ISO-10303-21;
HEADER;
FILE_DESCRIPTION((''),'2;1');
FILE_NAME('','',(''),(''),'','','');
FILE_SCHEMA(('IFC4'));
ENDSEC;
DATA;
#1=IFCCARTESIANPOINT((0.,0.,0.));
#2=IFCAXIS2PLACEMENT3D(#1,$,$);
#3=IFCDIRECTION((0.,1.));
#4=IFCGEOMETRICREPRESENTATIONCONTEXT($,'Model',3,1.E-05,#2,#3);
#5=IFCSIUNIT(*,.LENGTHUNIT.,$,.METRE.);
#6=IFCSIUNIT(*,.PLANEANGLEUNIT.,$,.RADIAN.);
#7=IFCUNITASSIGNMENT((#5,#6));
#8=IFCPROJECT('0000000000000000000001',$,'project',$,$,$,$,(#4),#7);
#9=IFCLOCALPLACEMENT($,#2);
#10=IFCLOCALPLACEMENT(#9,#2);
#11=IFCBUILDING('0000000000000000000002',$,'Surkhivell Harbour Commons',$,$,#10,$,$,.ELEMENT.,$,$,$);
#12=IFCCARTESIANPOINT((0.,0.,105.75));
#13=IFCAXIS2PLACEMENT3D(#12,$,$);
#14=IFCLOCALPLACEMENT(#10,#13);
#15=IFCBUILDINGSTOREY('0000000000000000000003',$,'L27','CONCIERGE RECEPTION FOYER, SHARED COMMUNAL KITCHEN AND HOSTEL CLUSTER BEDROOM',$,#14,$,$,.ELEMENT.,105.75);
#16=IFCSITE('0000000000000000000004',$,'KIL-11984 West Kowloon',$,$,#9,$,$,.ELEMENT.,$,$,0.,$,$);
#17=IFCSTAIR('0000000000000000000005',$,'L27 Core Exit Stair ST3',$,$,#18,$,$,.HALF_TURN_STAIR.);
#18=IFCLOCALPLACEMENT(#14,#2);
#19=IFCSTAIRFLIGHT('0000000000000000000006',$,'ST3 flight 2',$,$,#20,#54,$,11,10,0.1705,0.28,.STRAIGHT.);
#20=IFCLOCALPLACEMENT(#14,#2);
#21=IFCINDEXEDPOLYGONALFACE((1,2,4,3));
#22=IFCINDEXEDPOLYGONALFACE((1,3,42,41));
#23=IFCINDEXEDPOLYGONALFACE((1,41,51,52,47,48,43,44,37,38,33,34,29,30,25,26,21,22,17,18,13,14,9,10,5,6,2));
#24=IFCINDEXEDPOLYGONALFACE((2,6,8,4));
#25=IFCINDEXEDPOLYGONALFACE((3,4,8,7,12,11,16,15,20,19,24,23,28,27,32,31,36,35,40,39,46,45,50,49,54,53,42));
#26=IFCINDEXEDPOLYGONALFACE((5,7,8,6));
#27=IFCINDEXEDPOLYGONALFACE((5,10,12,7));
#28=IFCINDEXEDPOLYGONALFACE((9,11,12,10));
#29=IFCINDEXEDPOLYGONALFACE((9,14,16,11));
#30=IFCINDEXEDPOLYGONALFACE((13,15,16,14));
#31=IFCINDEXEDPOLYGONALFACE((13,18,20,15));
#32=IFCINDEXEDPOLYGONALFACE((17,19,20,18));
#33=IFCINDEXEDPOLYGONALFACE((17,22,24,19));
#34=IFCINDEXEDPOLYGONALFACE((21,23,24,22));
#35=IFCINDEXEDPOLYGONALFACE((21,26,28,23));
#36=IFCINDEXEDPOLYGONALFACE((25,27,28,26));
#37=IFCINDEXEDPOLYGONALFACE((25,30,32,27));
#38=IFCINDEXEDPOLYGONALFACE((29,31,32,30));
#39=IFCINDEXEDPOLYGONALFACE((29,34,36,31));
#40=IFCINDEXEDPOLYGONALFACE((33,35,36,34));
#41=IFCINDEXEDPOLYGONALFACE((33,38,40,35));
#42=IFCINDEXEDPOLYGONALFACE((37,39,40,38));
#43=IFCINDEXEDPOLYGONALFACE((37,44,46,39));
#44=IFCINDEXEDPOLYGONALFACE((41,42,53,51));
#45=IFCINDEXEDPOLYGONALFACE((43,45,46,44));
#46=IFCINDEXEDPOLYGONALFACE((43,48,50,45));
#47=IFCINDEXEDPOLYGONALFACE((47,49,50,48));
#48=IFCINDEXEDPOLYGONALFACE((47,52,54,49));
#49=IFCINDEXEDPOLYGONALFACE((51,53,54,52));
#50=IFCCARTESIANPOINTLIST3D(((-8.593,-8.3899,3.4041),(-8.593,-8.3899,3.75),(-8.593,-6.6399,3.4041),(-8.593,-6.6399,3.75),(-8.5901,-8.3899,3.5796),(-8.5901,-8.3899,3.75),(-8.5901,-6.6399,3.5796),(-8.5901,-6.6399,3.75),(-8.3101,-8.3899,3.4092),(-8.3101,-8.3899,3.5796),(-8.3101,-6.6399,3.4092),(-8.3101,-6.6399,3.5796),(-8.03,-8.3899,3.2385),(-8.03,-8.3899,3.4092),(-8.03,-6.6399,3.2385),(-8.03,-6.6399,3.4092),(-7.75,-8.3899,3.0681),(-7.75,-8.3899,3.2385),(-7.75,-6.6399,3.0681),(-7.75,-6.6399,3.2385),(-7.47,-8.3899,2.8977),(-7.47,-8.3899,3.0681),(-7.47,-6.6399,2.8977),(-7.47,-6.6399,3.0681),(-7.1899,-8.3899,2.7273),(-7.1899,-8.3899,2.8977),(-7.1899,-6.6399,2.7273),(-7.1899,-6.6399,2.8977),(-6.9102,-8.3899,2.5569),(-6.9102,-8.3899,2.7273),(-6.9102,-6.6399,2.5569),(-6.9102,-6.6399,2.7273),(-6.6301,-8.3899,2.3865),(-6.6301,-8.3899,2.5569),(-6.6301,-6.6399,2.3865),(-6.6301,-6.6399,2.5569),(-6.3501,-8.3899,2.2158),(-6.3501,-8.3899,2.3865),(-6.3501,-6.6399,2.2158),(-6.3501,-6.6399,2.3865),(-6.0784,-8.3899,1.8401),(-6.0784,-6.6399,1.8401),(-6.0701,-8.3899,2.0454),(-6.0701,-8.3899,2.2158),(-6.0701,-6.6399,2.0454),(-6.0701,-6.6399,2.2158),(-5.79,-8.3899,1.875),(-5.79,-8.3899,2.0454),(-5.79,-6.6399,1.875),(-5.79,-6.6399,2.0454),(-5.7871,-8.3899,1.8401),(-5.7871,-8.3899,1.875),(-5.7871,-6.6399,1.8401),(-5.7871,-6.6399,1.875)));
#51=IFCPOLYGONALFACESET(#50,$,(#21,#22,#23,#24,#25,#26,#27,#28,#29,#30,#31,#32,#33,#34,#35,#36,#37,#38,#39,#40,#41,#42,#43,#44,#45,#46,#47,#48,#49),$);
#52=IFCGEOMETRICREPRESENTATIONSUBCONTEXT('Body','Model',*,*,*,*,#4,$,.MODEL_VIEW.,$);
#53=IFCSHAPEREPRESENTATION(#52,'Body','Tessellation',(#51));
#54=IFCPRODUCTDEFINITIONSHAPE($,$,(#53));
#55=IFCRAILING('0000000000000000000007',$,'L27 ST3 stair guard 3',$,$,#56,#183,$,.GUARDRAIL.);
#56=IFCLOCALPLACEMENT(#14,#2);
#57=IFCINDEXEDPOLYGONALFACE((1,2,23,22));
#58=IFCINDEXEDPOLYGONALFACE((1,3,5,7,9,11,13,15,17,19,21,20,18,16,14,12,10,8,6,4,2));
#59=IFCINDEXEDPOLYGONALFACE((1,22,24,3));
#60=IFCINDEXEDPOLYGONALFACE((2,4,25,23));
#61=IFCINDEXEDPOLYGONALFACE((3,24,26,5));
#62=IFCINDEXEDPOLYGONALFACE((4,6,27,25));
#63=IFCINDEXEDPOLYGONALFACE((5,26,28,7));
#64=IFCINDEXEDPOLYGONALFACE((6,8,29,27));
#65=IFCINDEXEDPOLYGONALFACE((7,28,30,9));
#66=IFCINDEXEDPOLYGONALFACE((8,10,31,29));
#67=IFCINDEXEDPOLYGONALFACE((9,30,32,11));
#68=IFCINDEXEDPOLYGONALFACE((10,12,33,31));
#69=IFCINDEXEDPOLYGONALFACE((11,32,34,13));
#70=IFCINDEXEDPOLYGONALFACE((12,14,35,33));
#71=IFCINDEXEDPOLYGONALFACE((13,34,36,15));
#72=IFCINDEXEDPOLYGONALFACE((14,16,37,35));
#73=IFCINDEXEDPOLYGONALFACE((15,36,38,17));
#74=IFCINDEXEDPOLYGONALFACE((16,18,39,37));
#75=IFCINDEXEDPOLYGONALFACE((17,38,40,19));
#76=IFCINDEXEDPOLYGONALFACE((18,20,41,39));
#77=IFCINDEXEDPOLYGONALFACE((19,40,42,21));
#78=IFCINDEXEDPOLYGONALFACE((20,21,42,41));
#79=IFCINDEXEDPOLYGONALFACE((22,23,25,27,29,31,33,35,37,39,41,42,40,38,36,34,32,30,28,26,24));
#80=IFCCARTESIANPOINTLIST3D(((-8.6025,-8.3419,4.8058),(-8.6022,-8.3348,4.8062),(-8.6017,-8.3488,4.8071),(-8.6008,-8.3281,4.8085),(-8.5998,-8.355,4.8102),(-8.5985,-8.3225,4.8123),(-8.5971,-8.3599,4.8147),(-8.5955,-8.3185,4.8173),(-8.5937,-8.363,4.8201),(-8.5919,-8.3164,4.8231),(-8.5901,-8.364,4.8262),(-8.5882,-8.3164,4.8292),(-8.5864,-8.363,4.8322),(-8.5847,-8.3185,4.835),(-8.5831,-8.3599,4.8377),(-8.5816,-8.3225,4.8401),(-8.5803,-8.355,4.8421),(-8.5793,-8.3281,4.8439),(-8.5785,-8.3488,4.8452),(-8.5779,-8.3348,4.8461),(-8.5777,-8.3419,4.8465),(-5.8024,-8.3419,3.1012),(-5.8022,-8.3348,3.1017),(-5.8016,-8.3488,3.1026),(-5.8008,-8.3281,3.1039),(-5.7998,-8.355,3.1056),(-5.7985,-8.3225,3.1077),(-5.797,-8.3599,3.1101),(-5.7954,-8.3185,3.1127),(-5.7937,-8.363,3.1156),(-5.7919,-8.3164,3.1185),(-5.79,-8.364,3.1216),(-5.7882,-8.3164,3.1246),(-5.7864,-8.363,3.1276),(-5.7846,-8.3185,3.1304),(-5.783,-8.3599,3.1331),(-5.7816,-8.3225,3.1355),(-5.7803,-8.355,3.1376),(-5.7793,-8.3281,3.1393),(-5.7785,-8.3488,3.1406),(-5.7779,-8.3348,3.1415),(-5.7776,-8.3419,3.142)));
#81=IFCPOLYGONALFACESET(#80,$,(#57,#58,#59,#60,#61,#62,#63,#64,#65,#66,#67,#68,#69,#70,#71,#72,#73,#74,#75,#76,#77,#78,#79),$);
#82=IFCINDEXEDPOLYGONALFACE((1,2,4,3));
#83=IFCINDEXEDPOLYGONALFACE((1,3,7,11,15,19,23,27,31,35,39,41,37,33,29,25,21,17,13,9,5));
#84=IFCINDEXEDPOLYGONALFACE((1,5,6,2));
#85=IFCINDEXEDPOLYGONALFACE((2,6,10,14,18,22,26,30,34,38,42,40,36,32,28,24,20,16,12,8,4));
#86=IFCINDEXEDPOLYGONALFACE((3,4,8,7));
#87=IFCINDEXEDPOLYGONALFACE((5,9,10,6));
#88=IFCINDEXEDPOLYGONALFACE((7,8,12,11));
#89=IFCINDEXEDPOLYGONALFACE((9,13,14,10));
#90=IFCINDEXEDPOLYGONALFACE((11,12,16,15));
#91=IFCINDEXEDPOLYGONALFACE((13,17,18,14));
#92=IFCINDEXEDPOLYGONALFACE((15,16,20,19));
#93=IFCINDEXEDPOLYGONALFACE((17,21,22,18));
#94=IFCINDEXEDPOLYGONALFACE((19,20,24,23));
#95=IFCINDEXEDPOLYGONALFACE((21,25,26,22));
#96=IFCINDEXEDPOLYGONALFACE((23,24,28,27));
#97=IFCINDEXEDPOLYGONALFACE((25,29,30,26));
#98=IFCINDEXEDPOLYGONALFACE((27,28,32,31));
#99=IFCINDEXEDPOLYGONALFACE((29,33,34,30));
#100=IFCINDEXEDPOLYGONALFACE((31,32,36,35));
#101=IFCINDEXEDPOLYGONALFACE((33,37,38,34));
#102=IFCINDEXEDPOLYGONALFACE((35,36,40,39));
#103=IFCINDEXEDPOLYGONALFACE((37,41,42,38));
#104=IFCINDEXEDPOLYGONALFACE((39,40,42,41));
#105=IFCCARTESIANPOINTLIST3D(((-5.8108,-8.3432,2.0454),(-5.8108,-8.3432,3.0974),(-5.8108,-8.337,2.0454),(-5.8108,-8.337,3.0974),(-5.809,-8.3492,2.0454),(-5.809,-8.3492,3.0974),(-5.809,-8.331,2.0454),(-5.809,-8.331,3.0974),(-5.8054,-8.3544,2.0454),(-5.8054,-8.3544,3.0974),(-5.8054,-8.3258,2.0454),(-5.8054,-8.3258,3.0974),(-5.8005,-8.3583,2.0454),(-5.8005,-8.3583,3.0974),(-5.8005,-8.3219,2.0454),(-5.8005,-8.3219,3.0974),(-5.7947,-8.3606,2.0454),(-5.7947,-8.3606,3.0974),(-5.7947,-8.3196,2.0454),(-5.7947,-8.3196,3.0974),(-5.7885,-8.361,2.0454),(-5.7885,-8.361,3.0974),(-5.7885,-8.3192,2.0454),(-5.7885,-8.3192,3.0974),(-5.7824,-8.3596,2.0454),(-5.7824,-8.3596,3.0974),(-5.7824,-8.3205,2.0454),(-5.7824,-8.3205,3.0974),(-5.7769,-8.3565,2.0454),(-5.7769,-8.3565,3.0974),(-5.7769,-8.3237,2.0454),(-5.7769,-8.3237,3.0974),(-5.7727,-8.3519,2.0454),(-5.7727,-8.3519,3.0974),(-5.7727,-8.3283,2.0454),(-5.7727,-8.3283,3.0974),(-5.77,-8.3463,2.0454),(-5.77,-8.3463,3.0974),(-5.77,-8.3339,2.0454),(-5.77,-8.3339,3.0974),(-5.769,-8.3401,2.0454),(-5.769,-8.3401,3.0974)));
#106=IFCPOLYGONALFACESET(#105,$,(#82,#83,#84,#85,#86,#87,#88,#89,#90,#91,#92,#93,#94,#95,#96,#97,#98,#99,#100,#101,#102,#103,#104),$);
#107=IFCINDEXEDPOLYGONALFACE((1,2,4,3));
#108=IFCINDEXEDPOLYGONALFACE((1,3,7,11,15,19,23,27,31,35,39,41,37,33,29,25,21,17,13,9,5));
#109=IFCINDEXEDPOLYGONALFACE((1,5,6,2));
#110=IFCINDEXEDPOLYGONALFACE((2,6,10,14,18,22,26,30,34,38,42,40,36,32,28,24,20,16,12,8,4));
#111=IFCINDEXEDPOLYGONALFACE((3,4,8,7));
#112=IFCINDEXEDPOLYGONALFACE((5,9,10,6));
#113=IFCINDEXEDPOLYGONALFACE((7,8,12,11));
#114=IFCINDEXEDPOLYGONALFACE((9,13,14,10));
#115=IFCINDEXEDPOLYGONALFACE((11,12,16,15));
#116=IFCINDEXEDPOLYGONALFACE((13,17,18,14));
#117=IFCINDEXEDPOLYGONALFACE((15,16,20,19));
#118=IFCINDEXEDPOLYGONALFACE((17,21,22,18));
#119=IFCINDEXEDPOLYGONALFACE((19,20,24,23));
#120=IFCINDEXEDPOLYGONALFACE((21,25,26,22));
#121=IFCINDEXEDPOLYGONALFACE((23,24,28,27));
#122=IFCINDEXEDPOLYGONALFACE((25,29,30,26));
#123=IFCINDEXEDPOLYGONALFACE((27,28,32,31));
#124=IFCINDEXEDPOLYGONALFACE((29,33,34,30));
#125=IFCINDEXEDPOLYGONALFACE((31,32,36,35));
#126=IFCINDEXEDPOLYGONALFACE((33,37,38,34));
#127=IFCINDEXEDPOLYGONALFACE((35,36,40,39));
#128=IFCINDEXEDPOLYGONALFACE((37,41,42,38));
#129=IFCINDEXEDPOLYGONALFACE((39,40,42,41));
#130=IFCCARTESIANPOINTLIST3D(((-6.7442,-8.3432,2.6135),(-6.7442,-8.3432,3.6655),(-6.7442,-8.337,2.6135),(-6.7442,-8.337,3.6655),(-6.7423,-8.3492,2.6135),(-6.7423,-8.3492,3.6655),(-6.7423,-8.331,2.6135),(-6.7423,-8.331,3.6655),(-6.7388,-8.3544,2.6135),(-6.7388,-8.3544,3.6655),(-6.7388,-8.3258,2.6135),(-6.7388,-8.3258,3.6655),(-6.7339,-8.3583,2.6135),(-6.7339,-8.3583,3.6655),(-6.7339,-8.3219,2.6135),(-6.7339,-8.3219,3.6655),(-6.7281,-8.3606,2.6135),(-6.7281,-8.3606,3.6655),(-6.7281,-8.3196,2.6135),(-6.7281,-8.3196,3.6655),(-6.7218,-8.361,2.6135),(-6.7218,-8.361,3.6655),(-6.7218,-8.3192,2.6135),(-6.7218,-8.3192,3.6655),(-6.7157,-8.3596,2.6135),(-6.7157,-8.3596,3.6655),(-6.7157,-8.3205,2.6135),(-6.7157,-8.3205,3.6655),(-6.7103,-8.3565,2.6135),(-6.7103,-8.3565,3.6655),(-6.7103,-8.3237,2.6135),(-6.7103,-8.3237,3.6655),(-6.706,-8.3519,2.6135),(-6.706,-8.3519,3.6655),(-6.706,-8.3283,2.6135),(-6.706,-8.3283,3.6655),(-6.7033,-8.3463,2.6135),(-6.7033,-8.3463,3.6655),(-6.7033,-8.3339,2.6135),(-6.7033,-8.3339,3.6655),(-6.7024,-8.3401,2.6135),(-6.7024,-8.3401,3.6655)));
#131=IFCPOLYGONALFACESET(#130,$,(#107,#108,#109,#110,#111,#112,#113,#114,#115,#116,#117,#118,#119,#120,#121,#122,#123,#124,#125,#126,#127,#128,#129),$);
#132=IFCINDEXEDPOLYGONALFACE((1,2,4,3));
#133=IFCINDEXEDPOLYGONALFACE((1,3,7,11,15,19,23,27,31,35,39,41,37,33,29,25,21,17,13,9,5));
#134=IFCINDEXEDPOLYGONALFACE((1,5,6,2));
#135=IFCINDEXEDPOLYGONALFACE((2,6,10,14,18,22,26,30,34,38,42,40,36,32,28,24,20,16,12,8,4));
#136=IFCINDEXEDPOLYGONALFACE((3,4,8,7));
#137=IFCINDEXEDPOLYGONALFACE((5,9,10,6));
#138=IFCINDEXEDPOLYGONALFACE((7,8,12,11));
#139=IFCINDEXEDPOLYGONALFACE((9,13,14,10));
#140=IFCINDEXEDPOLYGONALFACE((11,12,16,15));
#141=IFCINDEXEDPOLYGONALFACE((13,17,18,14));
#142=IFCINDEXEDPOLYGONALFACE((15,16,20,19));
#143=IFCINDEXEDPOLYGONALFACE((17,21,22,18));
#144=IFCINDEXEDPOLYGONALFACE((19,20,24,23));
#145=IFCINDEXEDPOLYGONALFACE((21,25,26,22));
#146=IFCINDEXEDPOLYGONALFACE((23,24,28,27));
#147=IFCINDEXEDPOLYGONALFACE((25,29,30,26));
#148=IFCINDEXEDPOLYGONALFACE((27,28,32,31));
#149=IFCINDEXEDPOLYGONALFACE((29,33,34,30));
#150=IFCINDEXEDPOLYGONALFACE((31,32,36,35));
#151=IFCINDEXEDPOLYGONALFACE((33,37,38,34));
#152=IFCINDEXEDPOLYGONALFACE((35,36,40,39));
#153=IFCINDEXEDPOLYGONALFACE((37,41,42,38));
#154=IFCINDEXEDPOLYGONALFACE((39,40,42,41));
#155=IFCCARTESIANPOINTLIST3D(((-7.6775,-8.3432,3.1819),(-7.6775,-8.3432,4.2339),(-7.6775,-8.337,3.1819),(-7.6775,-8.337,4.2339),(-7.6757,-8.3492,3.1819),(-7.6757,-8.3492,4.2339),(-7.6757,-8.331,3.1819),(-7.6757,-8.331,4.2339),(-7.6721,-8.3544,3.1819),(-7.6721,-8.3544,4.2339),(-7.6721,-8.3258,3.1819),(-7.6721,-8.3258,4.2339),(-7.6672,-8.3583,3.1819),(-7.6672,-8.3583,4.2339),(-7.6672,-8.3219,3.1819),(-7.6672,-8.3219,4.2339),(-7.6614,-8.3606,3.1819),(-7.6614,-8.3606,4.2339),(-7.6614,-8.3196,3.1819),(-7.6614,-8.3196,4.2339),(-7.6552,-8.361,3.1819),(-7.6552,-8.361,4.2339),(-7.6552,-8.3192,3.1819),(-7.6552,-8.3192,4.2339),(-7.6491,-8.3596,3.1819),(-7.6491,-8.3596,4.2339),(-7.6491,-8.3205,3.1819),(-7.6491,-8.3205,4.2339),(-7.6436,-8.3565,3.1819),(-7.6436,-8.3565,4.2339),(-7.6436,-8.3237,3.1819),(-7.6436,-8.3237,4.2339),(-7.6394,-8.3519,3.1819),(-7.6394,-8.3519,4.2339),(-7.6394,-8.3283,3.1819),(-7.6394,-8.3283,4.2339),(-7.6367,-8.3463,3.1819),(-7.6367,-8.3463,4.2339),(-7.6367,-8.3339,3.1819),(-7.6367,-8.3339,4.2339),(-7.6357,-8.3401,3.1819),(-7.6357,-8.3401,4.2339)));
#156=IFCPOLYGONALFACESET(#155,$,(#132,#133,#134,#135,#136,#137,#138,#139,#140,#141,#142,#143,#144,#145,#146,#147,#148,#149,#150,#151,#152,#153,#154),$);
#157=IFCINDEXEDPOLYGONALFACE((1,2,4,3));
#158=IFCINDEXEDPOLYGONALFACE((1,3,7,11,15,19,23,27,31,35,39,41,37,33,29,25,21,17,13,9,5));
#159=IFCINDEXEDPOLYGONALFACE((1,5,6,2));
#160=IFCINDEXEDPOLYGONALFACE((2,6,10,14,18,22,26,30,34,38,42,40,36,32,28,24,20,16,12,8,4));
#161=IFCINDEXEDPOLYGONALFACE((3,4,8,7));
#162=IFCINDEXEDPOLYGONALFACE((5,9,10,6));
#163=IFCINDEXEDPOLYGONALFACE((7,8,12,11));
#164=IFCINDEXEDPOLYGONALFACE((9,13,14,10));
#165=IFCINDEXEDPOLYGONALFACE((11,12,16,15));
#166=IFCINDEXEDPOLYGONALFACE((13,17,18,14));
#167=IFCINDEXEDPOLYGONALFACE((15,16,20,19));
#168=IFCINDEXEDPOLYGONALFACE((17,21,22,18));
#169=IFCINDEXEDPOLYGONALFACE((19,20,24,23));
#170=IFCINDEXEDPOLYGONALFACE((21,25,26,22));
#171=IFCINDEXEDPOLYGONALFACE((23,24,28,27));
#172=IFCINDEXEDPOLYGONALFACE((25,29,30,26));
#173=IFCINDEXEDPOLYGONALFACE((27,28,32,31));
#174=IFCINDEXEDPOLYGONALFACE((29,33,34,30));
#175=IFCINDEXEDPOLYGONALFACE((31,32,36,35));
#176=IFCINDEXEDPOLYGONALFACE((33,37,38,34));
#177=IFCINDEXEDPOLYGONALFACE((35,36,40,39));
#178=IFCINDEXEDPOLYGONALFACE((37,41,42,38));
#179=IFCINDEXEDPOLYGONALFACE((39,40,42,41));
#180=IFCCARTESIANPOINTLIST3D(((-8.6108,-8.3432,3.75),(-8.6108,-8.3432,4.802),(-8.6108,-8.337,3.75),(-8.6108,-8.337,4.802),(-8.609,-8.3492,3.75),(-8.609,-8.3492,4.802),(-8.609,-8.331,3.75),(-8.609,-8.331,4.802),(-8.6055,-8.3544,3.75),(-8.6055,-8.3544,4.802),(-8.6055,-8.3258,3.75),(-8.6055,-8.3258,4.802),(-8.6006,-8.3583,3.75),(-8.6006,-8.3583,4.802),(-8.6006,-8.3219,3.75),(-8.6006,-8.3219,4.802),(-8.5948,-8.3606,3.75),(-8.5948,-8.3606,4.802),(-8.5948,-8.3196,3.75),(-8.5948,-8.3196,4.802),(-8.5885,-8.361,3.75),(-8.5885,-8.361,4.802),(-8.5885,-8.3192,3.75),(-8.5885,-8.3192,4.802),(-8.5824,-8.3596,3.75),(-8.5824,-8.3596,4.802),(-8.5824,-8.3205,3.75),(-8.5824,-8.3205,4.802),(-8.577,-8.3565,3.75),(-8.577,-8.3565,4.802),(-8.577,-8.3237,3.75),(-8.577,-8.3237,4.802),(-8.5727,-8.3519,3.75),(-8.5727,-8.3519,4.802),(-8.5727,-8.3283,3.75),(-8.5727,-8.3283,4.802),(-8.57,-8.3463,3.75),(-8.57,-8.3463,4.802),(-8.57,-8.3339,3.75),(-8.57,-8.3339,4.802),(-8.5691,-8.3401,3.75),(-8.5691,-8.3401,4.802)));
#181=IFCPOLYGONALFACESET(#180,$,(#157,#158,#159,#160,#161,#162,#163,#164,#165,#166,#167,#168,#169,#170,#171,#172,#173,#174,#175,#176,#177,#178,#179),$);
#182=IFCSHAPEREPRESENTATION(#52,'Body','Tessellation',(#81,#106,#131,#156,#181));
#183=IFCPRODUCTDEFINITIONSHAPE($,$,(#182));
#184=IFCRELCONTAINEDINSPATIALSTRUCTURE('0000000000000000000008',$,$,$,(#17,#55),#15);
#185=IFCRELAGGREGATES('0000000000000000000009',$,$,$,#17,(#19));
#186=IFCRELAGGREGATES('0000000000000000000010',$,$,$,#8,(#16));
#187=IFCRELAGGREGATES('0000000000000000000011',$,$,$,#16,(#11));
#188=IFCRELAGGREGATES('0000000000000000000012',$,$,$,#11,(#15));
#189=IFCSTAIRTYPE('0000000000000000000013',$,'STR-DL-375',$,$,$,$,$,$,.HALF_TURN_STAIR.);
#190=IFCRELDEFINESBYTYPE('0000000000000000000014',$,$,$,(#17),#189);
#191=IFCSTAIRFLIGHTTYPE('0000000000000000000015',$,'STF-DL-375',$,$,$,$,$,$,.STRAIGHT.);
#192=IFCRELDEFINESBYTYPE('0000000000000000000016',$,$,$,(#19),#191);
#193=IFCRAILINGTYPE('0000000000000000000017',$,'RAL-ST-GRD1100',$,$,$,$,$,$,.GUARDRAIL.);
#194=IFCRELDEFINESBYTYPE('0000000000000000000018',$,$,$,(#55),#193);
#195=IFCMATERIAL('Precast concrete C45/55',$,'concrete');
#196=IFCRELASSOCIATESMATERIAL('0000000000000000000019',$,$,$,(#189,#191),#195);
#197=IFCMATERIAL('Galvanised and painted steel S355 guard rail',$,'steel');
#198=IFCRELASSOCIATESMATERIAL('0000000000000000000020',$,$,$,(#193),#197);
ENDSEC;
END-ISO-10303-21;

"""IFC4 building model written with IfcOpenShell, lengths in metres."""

from ifc_helpers import new_model, si_unit, direction, frame, origin, origin_2d, place, context, subcontext, project, spatial, polyline, circle, outline, extrude, material, type_object, element, aggregate, save


model = new_model("IFC4")

# Units and contexts
model_context = context("Model", 3, precision=1e-05, world=origin(), true_north=direction((0.0, 1.0)))
body_context = subcontext(model_context, "Body", "Model", "MODEL_VIEW")
ifc_project = project(units=[si_unit("LENGTHUNIT", "METRE"), si_unit("PLANEANGLEUNIT", "RADIAN")], contexts=[model_context])

# Site, building, storey
site_placement = place(None, origin())
site = spatial("IfcSite", under=ifc_project, at=site_placement, Name="KIL-11984 West Kowloon", CompositionType="ELEMENT", RefElevation=0.0)
building_placement = place(site_placement, origin())
building = spatial("IfcBuilding", under=site, at=building_placement, Name="Surkhivell Harbour Commons", CompositionType="ELEMENT")
storey_placement = place(building_placement, frame((0.0, 0.0, 105.75)))
storey = spatial("IfcBuildingStorey", under=building, at=storey_placement, Name="L27", Description="CONCIERGE RECEPTION FOYER, SHARED COMMUNAL KITCHEN AND HOSTEL CLUSTER BEDROOM", CompositionType="ELEMENT", Elevation=105.75)

# Stair, stair flight
ifc_material_1 = material(Name="Precast concrete C45/55", Category="concrete")
stair_type = type_object("IfcStairType", Name="STR-DL-375", PredefinedType="HALF_TURN_STAIR", material=ifc_material_1)
stair_placement = place(storey_placement, origin())
stair = element("IfcStair", 1, at=stair_placement, inside=storey, type_object=stair_type, Name="L27 Core Exit Stair ST3", PredefinedType="HALF_TURN_STAIR")
stair_flight_type = type_object("IfcStairFlightType", Name="STF-DL-375", PredefinedType="STRAIGHT", material=ifc_material_1)
stair_flight_placement = place(storey_placement, frame((-5.79, -7.5149, 1.875), z_axis=(0.0, 0.0, 1.0), x_axis=(-1.0, 0.0, 0.0)))
stair_flight = element("IfcStairFlight", 2, at=stair_flight_placement, type_object=stair_flight_type, Name="ST3 flight 2", NumberOfRisers=11, NumberOfTreads=10, PredefinedType="STRAIGHT", RiserHeight=0.1705, TreadLength=0.28, context=body_context, shape_type="SweptSolid", body=[
    extrude(outline(polyline([(-0.0029, -0.0349), (-0.0029, 0.0), (0.0, 0.0), (0.0, 0.1704), (0.28, 0.1704), (0.28, 0.3408), (0.5601, 0.3408), (0.5601, 0.5115), (0.8401, 0.5115), (0.8401, 0.6819), (1.1201, 0.6819), (1.1201, 0.8523), (1.3999, 0.8523), (1.3999, 1.0227), (1.6799, 1.0227), (1.6799, 1.1931), (1.96, 1.1931), (1.96, 1.3635), (2.24, 1.3635), (2.24, 1.5342), (2.52, 1.5342), (2.52, 1.7046), (2.8, 1.7046), (2.8, 1.875), (2.803, 1.875), (2.803, 1.5291), (0.2883, -0.0349), (-0.0029, -0.0349)])), frame((0.0, 0.875, 0.0), z_axis=(0.0, -1.0, 0.0), x_axis=(1.0, 0.0, 0.0)), (0.0, 0.0, 1.0), 1.75),
])
aggregate(stair, [stair_flight])

# Railing
ifc_material_2 = material(Name="Galvanised and painted steel S355 guard rail", Category="steel")
railing_type_1 = type_object("IfcRailingType", Name="RAL-ST-GRD1100", PredefinedType="GUARDRAIL", material=ifc_material_2)
railing_1_placement = place(storey_placement, frame((-5.79, -8.3401, 2.0454)))
element("IfcRailing", 3, at=railing_1_placement, inside=storey, type_object=railing_type_1, Name="L27 ST3 stair guard 3", PredefinedType="GUARDRAIL", context=body_context, shape_type="SweptSolid", body=[
    extrude(circle(Radius=0.0239, at=origin_2d()), frame((0.0, 0.0, 1.0762), z_axis=(-0.85417, 0.0, 0.519994), x_axis=(0.0, -1.0, 0.0)), (0.0, 0.0, 1.0), 3.2781),
    extrude(circle(Radius=0.021, at=origin_2d()), origin(), (0.0, 0.0, 1.0), 1.052),
    extrude(circle(Radius=0.021, at=origin_2d()), frame((-0.9333, 0.0, 0.5681)), (0.0, 0.0, 1.0), 1.052),
    extrude(circle(Radius=0.021, at=origin_2d()), frame((-1.8667, 0.0, 1.1365)), (0.0, 0.0, 1.0), 1.052),
    extrude(circle(Radius=0.021, at=origin_2d()), frame((-2.8, 0.0, 1.7046)), (0.0, 0.0, 1.0), 1.052),
])

save(model, "model.ifc")
